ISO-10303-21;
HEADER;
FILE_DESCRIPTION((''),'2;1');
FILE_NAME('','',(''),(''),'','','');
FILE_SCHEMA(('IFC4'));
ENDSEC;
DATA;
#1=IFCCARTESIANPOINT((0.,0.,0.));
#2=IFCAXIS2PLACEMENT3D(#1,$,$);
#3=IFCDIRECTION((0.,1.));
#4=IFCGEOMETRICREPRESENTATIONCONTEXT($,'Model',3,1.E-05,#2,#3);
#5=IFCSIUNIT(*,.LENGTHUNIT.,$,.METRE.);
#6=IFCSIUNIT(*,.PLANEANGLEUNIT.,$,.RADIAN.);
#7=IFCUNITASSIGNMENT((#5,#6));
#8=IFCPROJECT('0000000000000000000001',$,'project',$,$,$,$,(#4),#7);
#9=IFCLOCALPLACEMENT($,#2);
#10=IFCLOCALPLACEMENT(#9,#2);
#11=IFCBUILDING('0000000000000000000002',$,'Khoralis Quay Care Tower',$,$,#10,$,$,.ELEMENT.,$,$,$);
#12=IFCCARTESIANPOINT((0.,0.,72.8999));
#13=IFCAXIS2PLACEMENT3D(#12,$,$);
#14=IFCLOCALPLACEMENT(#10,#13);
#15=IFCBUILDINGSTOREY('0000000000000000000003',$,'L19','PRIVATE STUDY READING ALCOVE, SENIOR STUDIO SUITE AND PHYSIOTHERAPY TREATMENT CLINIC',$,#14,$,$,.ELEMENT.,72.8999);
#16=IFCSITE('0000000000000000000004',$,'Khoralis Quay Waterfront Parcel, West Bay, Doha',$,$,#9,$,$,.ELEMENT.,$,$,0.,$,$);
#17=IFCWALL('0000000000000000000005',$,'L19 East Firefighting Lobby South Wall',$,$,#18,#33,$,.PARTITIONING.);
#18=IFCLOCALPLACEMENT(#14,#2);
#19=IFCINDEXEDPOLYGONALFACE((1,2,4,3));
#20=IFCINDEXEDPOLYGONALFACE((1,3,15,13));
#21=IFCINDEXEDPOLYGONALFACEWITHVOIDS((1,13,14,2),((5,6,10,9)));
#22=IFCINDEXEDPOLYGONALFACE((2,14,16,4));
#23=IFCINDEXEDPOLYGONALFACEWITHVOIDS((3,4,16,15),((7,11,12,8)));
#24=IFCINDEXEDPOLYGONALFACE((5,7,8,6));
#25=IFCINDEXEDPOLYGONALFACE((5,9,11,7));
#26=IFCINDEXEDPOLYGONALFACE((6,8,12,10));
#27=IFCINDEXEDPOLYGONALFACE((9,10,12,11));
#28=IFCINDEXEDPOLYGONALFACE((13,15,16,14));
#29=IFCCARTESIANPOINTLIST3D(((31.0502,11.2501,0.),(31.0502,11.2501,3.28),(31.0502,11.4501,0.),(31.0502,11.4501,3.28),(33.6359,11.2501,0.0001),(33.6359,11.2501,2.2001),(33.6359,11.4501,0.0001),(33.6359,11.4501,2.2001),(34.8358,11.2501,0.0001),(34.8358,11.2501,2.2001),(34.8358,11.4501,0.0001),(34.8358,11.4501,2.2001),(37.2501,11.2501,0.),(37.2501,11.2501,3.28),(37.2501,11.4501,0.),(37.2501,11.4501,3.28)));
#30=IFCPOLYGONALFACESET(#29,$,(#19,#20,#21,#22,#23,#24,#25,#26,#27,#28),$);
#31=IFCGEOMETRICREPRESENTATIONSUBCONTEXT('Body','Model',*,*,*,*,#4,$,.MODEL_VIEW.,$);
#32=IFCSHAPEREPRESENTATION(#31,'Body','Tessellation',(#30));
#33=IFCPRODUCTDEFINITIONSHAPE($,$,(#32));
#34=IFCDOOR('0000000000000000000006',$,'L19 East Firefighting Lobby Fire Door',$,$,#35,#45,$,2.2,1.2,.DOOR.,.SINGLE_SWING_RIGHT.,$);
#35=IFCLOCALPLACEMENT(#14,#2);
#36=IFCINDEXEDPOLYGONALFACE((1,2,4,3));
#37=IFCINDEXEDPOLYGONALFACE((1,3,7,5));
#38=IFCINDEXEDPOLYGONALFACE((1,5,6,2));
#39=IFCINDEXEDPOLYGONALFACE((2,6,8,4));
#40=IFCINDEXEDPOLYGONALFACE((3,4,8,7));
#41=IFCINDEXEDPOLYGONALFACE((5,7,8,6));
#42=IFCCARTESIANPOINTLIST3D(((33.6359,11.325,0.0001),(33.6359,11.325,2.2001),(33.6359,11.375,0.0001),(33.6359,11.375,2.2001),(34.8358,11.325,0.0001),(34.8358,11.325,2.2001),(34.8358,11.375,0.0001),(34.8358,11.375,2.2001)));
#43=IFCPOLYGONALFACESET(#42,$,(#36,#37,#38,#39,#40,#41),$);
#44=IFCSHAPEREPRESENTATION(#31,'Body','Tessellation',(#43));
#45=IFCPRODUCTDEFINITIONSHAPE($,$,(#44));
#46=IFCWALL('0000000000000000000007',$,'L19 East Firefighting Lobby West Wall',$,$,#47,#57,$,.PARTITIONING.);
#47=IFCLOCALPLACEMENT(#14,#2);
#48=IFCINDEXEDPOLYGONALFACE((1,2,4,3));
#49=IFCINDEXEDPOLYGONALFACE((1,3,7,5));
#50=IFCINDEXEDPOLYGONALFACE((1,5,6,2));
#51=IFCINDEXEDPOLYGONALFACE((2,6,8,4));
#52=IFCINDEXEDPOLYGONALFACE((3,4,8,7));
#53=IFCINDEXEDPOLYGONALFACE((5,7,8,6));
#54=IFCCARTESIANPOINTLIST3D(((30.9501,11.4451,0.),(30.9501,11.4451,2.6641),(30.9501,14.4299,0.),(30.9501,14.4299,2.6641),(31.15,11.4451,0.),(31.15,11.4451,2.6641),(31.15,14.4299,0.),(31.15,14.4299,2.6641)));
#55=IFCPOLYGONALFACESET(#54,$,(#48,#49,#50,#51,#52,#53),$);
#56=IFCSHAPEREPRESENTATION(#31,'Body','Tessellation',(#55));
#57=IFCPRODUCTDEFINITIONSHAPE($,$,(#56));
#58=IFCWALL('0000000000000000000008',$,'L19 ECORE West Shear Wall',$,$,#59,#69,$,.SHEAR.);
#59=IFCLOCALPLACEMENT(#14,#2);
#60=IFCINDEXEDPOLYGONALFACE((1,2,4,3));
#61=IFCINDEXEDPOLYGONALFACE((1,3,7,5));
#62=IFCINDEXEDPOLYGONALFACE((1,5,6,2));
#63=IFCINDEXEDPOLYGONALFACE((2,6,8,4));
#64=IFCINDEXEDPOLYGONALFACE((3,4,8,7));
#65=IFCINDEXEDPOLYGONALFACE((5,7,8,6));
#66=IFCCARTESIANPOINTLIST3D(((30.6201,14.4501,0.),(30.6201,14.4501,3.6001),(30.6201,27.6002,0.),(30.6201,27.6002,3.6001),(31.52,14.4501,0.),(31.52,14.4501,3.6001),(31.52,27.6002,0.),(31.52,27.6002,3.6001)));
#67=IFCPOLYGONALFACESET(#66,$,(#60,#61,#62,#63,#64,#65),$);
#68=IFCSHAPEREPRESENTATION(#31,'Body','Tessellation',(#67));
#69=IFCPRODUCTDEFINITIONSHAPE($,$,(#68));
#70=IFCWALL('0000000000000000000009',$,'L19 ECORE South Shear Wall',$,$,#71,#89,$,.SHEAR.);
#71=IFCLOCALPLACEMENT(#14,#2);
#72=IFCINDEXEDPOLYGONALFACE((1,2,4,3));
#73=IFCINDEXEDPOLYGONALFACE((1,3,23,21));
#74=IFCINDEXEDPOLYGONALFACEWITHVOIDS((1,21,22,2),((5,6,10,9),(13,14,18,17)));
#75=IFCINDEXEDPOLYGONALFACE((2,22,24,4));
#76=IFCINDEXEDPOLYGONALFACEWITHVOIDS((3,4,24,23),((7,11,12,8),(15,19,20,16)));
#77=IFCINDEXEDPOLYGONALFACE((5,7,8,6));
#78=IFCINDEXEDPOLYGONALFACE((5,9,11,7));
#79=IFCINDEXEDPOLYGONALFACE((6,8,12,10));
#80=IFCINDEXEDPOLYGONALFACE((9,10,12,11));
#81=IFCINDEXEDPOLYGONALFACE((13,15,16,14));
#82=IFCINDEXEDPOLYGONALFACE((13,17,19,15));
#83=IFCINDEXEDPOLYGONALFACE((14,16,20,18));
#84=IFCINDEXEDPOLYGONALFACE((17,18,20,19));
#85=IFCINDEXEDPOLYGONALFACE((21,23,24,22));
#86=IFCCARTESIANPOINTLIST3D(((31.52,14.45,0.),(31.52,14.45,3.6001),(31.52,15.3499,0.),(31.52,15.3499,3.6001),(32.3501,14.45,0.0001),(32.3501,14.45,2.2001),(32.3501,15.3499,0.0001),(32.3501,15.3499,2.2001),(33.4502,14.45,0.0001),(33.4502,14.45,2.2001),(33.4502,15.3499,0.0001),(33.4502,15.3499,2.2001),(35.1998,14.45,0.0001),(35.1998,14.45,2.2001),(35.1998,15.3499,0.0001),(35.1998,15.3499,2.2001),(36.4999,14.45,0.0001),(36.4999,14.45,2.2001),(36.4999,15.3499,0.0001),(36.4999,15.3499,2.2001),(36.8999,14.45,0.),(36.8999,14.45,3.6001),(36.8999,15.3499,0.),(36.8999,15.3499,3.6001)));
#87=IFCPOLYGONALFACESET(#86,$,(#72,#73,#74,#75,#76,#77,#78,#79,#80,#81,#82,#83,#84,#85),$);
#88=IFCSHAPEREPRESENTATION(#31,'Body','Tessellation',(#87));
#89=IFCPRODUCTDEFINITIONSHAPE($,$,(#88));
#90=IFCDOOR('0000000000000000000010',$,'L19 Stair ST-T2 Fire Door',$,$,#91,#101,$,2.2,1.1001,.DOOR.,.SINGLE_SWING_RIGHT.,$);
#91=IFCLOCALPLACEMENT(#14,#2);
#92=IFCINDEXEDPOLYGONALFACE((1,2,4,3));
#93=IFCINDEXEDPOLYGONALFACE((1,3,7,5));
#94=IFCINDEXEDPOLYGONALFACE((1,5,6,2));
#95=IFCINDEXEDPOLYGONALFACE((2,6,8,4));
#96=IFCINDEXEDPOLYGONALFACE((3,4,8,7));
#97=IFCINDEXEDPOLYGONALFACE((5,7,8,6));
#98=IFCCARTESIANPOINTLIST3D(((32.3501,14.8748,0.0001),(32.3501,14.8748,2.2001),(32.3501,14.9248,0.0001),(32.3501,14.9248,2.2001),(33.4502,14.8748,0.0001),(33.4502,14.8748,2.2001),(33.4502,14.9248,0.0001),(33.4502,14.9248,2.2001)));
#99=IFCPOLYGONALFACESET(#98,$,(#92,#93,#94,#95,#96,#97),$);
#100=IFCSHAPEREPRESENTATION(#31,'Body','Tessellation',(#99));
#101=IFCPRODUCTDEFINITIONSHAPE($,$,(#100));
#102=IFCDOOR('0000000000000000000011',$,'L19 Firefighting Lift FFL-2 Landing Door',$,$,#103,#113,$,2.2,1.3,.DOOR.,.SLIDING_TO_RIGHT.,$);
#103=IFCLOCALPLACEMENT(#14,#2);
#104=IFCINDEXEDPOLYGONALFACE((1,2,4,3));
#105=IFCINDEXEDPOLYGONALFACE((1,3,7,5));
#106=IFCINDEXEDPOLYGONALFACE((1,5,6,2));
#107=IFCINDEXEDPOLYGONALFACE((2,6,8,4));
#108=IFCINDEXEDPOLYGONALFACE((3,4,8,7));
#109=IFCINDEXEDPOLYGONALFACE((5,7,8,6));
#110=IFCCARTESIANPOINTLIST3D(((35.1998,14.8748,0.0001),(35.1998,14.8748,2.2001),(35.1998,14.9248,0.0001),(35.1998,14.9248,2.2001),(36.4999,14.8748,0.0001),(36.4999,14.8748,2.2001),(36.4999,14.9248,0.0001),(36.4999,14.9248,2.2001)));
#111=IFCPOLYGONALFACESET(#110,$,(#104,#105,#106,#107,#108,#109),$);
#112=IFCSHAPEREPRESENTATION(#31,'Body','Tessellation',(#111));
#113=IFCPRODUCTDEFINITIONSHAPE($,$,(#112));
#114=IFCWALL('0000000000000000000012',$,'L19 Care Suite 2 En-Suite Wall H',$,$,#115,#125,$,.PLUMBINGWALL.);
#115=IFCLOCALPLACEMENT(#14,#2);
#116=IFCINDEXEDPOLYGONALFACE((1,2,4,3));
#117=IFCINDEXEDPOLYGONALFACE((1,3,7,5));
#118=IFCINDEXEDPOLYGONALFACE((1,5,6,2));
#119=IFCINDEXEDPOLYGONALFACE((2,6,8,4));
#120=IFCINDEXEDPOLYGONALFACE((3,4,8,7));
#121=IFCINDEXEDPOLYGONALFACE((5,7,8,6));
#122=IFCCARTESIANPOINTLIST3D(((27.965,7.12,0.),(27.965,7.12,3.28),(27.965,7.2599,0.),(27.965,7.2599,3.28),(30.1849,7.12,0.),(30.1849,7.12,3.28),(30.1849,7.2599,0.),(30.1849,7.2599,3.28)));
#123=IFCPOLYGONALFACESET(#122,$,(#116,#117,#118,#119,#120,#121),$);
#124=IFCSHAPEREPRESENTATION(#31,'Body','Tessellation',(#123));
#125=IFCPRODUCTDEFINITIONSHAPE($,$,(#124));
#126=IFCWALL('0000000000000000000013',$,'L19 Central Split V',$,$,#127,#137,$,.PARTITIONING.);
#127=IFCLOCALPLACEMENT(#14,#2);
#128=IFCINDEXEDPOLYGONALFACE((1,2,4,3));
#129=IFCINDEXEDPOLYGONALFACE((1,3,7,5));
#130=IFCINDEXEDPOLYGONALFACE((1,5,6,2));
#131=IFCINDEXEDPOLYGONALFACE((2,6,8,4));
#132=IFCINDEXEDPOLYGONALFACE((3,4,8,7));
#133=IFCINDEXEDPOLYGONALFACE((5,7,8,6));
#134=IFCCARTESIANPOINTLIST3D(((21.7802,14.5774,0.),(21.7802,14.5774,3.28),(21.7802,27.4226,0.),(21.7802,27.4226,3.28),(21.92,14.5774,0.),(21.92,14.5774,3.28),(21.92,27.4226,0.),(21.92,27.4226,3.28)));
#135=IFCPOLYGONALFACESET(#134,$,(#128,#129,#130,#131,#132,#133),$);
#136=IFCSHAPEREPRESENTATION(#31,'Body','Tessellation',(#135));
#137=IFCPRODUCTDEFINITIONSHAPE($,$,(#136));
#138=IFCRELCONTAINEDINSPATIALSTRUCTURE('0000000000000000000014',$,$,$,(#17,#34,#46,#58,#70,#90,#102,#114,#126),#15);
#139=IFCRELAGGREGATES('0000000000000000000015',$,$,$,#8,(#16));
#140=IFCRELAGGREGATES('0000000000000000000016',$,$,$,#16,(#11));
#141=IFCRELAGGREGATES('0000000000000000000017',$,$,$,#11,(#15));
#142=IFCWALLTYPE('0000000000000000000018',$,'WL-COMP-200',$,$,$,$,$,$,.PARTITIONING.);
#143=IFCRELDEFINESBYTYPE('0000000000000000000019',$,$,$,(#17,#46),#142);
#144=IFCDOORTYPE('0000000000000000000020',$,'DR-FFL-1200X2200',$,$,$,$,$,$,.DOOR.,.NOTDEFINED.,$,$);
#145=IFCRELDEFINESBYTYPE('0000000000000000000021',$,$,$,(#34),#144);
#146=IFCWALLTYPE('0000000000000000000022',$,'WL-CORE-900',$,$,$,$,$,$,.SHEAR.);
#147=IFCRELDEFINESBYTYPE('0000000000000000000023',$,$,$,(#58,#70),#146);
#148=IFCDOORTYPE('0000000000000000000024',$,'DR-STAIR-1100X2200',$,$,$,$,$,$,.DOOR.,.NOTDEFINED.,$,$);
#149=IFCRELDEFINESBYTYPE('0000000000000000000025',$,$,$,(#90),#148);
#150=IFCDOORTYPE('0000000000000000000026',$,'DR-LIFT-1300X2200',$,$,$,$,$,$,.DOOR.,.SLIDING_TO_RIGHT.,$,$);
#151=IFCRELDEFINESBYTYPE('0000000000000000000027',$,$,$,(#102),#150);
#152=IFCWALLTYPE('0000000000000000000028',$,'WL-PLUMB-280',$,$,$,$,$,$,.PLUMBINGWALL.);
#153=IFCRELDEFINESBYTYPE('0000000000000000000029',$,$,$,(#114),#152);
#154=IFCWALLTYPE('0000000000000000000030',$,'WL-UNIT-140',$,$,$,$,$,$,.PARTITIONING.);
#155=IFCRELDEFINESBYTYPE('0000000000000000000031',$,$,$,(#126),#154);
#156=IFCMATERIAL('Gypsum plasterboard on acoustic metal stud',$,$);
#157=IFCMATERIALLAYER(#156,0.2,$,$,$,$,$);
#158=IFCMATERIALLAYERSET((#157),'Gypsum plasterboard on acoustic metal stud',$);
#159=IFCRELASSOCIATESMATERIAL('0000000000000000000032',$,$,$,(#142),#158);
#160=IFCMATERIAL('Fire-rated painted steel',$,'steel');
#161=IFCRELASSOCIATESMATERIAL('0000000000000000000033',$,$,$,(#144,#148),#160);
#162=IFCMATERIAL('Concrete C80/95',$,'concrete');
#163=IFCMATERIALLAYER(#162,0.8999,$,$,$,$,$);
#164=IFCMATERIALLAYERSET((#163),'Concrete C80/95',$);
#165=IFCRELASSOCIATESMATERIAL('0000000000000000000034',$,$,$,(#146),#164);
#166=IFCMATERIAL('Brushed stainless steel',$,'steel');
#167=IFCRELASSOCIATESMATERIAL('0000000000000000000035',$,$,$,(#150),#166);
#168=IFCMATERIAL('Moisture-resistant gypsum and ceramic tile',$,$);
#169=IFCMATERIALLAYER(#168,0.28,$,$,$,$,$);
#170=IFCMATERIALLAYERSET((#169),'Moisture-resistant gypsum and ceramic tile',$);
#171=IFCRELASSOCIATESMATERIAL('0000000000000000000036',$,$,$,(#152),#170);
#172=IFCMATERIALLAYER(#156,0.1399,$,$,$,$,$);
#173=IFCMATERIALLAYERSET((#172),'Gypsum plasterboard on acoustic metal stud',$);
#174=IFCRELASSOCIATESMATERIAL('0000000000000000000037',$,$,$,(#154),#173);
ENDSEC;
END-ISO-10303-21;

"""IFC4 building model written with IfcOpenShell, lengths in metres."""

from ifc_helpers import new_model, si_unit, direction, frame, frame_2d, origin, place, context, subcontext, project, spatial, rectangle, extrude, source, transform, mapped, material, layer, layer_set, type_object, element, fill, save


model = new_model("IFC4")

# Units and contexts
model_context = context("Model", 3, precision=1e-05, world=origin(), true_north=direction((0.0, 1.0)))
body_context = subcontext(model_context, "Body", "Model", "MODEL_VIEW")
ifc_project = project(units=[si_unit("LENGTHUNIT", "METRE"), si_unit("PLANEANGLEUNIT", "RADIAN")], contexts=[model_context])

# Site, building, storey
site_placement = place(None, origin())
site = spatial("IfcSite", under=ifc_project, at=site_placement, Name="Khoralis Quay Waterfront Parcel, West Bay, Doha", CompositionType="ELEMENT", RefElevation=0.0)
building_placement = place(site_placement, origin())
building = spatial("IfcBuilding", under=site, at=building_placement, Name="Khoralis Quay Care Tower", CompositionType="ELEMENT")
storey_placement = place(building_placement, frame((0.0, 0.0, 72.8999)))
storey = spatial("IfcBuildingStorey", under=building, at=storey_placement, Name="L19", Description="PRIVATE STUDY READING ALCOVE, SENIOR STUDIO SUITE AND PHYSIOTHERAPY TREATMENT CLINIC", CompositionType="ELEMENT", Elevation=72.8999)

# Shared definitions
ifc_material_1 = material(Name="Concrete C80/95", Category="concrete")

# Wall, opening, door
ifc_material_2 = material(Name="Gypsum plasterboard on acoustic metal stud")
ifc_layer_1 = layer(ifc_material_2, 0.2)
ifc_layer_set_1 = layer_set([ifc_layer_1], Name="Gypsum plasterboard on acoustic metal stud")
wall_type_1 = type_object("IfcWallType", Name="WL-COMP-200", PredefinedType="PARTITIONING", material=ifc_layer_set_1)
wall_1_placement = place(storey_placement, frame((31.05, 11.3501, 0.0), z_axis=(0.0, 0.0, 1.0), x_axis=(1.0, 0.0, 0.0)))
wall_1 = element("IfcWall", 1, at=wall_1_placement, inside=storey, type_object=wall_type_1, Name="L19 East Firefighting Lobby South Wall", PredefinedType="PARTITIONING", context=body_context, shape_type="SweptSolid", body=[
    extrude(rectangle(XDim=6.2, YDim=0.2, at=frame_2d((3.1001, 0.0))), origin(), (0.0, 0.0, 1.0), 3.28),
])
opening_1_placement = place(wall_1_placement, frame((2.5857, 0.0, 0.0)))
opening_1 = element("IfcOpeningElement", 2, at=opening_1_placement, cuts=wall_1, PredefinedType="OPENING", context=body_context, shape_type="SweptSolid", body=[
    extrude(rectangle(XDim=1.2, YDim=2.2, at=frame_2d((0.6001, 1.1001))), frame((0.0, 0.1099, 0.0), z_axis=(0.0, -1.0, 0.0), x_axis=(1.0, 0.0, 0.0)), (0.0, 0.0, 1.0), 0.22),
])
ifc_material_3 = material(Name="Fire-rated painted steel", Category="steel")
door_type_1 = type_object("IfcDoorType", Name="DR-FFL-1200X2200", OperationType="NOTDEFINED", PredefinedType="DOOR", material=ifc_material_3)
shared_shape_1 = source(origin(), body_context, "Body", "SweptSolid", [
    extrude(rectangle(XDim=1.2, YDim=2.2, at=frame_2d((0.6001, 1.1001))), frame((0.0, 0.0249, 0.0), z_axis=(0.0, -1.0, 0.0), x_axis=(1.0, 0.0, 0.0)), (0.0, 0.0, 1.0), 0.05),
])
door_1_placement = place(opening_1_placement, origin())
door_1 = element("IfcDoor", 3, at=door_1_placement, inside=storey, type_object=door_type_1, Name="L19 East Firefighting Lobby Fire Door", OperationType="SINGLE_SWING_RIGHT", OverallHeight=2.2, OverallWidth=1.2, PredefinedType="DOOR", context=body_context, shape_type="MappedRepresentation", body=[
    mapped(shared_shape_1, transform((0.0, 0.0, 0.0), scale=1.0)),
])
fill(opening_1, door_1)

# Walls
wall_2_placement = place(storey_placement, frame((31.05, 11.4451, 0.0), z_axis=(0.0, 0.0, 1.0), x_axis=(0.0, 1.0, 0.0)))
element("IfcWall", 4, at=wall_2_placement, inside=storey, type_object=wall_type_1, Name="L19 East Firefighting Lobby West Wall", PredefinedType="PARTITIONING", context=body_context, shape_type="SweptSolid", body=[
    extrude(rectangle(XDim=2.9849, YDim=0.2, at=frame_2d((1.4924, 0.0))), origin(), (0.0, 0.0, 1.0), 2.6641),
])
ifc_layer_2 = layer(ifc_material_1, 0.8999)
ifc_layer_set_2 = layer_set([ifc_layer_2], Name="Concrete C80/95")
wall_type_2 = type_object("IfcWallType", Name="WL-CORE-900", PredefinedType="SHEAR", material=ifc_layer_set_2)
wall_3_placement = place(storey_placement, frame((31.0701, 14.45, 0.0), z_axis=(0.0, 0.0, 1.0), x_axis=(0.0, 1.0, 0.0)))
element("IfcWall", 5, at=wall_3_placement, inside=storey, type_object=wall_type_2, Name="L19 ECORE West Shear Wall", PredefinedType="SHEAR", context=body_context, shape_type="SweptSolid", body=[
    extrude(rectangle(XDim=13.1501, YDim=0.8999, at=frame_2d((6.5752, 0.0))), origin(), (0.0, 0.0, 1.0), 3.6001),
])

# Wall, openings, doors
wall_4_placement = place(storey_placement, frame((31.52, 14.8999, 0.0), z_axis=(0.0, 0.0, 1.0), x_axis=(1.0, 0.0, 0.0)))
wall_4 = element("IfcWall", 6, at=wall_4_placement, inside=storey, type_object=wall_type_2, Name="L19 ECORE South Shear Wall", PredefinedType="SHEAR", context=body_context, shape_type="SweptSolid", body=[
    extrude(rectangle(XDim=5.3799, YDim=0.8999, at=frame_2d((2.6899, 0.0))), origin(), (0.0, 0.0, 1.0), 3.6001),
])
opening_2_placement = place(wall_4_placement, frame((0.8301, 0.0, 0.0)))
opening_2 = element("IfcOpeningElement", 7, at=opening_2_placement, cuts=wall_4, PredefinedType="OPENING", context=body_context, shape_type="SweptSolid", body=[
    extrude(rectangle(XDim=1.1001, YDim=2.2, at=frame_2d((0.55, 1.1001))), frame((0.0, 0.46, 0.0), z_axis=(0.0, -1.0, 0.0), x_axis=(1.0, 0.0, 0.0)), (0.0, 0.0, 1.0), 0.9199),
])
opening_3_placement = place(wall_4_placement, frame((3.6799, 0.0, 0.0)))
opening_3 = element("IfcOpeningElement", 8, at=opening_3_placement, cuts=wall_4, PredefinedType="OPENING", context=body_context, shape_type="SweptSolid", body=[
    extrude(rectangle(XDim=1.3, YDim=2.2, at=frame_2d((0.6499, 1.1001))), frame((0.0, 0.46, 0.0), z_axis=(0.0, -1.0, 0.0), x_axis=(1.0, 0.0, 0.0)), (0.0, 0.0, 1.0), 0.9199),
])
door_type_2 = type_object("IfcDoorType", Name="DR-STAIR-1100X2200", OperationType="NOTDEFINED", PredefinedType="DOOR", material=ifc_material_3)
shared_shape_2 = source(origin(), body_context, "Body", "SweptSolid", [
    extrude(rectangle(XDim=1.1001, YDim=2.2, at=frame_2d((0.55, 1.1001))), frame((0.0, 0.0249, 0.0), z_axis=(0.0, -1.0, 0.0), x_axis=(1.0, 0.0, 0.0)), (0.0, 0.0, 1.0), 0.05),
])
door_2_placement = place(opening_2_placement, origin())
door_2 = element("IfcDoor", 9, at=door_2_placement, inside=storey, type_object=door_type_2, Name="L19 Stair ST-T2 Fire Door", OperationType="SINGLE_SWING_RIGHT", OverallHeight=2.2, OverallWidth=1.1001, PredefinedType="DOOR", context=body_context, shape_type="MappedRepresentation", body=[
    mapped(shared_shape_2, transform((0.0, 0.0, 0.0), scale=1.0)),
])
fill(opening_2, door_2)
ifc_material_4 = material(Name="Brushed stainless steel", Category="steel")
door_type_3 = type_object("IfcDoorType", Name="DR-LIFT-1300X2200", OperationType="SLIDING_TO_RIGHT", PredefinedType="DOOR", material=ifc_material_4)
shared_shape_3 = source(origin(), body_context, "Body", "SweptSolid", [
    extrude(rectangle(XDim=1.3, YDim=2.2, at=frame_2d((0.6499, 1.1001))), frame((0.0, 0.0249, 0.0), z_axis=(0.0, -1.0, 0.0), x_axis=(1.0, 0.0, 0.0)), (0.0, 0.0, 1.0), 0.05),
])
door_3_placement = place(opening_3_placement, origin())
door_3 = element("IfcDoor", 10, at=door_3_placement, inside=storey, type_object=door_type_3, Name="L19 Firefighting Lift FFL-2 Landing Door", OperationType="SLIDING_TO_RIGHT", OverallHeight=2.2, OverallWidth=1.3, PredefinedType="DOOR", context=body_context, shape_type="MappedRepresentation", body=[
    mapped(shared_shape_3, transform((0.0, 0.0, 0.0), scale=1.0)),
])
fill(opening_3, door_3)

# Walls
ifc_material_5 = material(Name="Moisture-resistant gypsum and ceramic tile")
ifc_layer_3 = layer(ifc_material_5, 0.28)
ifc_layer_set_3 = layer_set([ifc_layer_3], Name="Moisture-resistant gypsum and ceramic tile")
wall_type_3 = type_object("IfcWallType", Name="WL-PLUMB-280", PredefinedType="PLUMBINGWALL", material=ifc_layer_set_3)
wall_5_placement = place(storey_placement, frame((27.9651, 7.1899, 0.0), z_axis=(0.0, 0.0, 1.0), x_axis=(1.0, 0.0, 0.0)))
element("IfcWall", 11, at=wall_5_placement, inside=storey, type_object=wall_type_3, Name="L19 Care Suite 2 En-Suite Wall H", PredefinedType="PLUMBINGWALL", context=body_context, shape_type="SweptSolid", body=[
    extrude(rectangle(XDim=2.22, YDim=0.1399, at=frame_2d((1.1099, 0.0))), origin(), (0.0, 0.0, 1.0), 3.28),
])
ifc_layer_4 = layer(ifc_material_2, 0.1399)
ifc_layer_set_4 = layer_set([ifc_layer_4], Name="Gypsum plasterboard on acoustic metal stud")
wall_type_4 = type_object("IfcWallType", Name="WL-UNIT-140", PredefinedType="PARTITIONING", material=ifc_layer_set_4)
wall_6_placement = place(storey_placement, frame((21.8501, 14.5774, 0.0), z_axis=(0.0, 0.0, 1.0), x_axis=(0.0, 1.0, 0.0)))
element("IfcWall", 12, at=wall_6_placement, inside=storey, type_object=wall_type_4, Name="L19 Central Split V", PredefinedType="PARTITIONING", context=body_context, shape_type="SweptSolid", body=[
    extrude(rectangle(XDim=12.8452, YDim=0.1399, at=frame_2d((6.4226, 0.0))), origin(), (0.0, 0.0, 1.0), 3.28),
])

save(model, "model.ifc")
